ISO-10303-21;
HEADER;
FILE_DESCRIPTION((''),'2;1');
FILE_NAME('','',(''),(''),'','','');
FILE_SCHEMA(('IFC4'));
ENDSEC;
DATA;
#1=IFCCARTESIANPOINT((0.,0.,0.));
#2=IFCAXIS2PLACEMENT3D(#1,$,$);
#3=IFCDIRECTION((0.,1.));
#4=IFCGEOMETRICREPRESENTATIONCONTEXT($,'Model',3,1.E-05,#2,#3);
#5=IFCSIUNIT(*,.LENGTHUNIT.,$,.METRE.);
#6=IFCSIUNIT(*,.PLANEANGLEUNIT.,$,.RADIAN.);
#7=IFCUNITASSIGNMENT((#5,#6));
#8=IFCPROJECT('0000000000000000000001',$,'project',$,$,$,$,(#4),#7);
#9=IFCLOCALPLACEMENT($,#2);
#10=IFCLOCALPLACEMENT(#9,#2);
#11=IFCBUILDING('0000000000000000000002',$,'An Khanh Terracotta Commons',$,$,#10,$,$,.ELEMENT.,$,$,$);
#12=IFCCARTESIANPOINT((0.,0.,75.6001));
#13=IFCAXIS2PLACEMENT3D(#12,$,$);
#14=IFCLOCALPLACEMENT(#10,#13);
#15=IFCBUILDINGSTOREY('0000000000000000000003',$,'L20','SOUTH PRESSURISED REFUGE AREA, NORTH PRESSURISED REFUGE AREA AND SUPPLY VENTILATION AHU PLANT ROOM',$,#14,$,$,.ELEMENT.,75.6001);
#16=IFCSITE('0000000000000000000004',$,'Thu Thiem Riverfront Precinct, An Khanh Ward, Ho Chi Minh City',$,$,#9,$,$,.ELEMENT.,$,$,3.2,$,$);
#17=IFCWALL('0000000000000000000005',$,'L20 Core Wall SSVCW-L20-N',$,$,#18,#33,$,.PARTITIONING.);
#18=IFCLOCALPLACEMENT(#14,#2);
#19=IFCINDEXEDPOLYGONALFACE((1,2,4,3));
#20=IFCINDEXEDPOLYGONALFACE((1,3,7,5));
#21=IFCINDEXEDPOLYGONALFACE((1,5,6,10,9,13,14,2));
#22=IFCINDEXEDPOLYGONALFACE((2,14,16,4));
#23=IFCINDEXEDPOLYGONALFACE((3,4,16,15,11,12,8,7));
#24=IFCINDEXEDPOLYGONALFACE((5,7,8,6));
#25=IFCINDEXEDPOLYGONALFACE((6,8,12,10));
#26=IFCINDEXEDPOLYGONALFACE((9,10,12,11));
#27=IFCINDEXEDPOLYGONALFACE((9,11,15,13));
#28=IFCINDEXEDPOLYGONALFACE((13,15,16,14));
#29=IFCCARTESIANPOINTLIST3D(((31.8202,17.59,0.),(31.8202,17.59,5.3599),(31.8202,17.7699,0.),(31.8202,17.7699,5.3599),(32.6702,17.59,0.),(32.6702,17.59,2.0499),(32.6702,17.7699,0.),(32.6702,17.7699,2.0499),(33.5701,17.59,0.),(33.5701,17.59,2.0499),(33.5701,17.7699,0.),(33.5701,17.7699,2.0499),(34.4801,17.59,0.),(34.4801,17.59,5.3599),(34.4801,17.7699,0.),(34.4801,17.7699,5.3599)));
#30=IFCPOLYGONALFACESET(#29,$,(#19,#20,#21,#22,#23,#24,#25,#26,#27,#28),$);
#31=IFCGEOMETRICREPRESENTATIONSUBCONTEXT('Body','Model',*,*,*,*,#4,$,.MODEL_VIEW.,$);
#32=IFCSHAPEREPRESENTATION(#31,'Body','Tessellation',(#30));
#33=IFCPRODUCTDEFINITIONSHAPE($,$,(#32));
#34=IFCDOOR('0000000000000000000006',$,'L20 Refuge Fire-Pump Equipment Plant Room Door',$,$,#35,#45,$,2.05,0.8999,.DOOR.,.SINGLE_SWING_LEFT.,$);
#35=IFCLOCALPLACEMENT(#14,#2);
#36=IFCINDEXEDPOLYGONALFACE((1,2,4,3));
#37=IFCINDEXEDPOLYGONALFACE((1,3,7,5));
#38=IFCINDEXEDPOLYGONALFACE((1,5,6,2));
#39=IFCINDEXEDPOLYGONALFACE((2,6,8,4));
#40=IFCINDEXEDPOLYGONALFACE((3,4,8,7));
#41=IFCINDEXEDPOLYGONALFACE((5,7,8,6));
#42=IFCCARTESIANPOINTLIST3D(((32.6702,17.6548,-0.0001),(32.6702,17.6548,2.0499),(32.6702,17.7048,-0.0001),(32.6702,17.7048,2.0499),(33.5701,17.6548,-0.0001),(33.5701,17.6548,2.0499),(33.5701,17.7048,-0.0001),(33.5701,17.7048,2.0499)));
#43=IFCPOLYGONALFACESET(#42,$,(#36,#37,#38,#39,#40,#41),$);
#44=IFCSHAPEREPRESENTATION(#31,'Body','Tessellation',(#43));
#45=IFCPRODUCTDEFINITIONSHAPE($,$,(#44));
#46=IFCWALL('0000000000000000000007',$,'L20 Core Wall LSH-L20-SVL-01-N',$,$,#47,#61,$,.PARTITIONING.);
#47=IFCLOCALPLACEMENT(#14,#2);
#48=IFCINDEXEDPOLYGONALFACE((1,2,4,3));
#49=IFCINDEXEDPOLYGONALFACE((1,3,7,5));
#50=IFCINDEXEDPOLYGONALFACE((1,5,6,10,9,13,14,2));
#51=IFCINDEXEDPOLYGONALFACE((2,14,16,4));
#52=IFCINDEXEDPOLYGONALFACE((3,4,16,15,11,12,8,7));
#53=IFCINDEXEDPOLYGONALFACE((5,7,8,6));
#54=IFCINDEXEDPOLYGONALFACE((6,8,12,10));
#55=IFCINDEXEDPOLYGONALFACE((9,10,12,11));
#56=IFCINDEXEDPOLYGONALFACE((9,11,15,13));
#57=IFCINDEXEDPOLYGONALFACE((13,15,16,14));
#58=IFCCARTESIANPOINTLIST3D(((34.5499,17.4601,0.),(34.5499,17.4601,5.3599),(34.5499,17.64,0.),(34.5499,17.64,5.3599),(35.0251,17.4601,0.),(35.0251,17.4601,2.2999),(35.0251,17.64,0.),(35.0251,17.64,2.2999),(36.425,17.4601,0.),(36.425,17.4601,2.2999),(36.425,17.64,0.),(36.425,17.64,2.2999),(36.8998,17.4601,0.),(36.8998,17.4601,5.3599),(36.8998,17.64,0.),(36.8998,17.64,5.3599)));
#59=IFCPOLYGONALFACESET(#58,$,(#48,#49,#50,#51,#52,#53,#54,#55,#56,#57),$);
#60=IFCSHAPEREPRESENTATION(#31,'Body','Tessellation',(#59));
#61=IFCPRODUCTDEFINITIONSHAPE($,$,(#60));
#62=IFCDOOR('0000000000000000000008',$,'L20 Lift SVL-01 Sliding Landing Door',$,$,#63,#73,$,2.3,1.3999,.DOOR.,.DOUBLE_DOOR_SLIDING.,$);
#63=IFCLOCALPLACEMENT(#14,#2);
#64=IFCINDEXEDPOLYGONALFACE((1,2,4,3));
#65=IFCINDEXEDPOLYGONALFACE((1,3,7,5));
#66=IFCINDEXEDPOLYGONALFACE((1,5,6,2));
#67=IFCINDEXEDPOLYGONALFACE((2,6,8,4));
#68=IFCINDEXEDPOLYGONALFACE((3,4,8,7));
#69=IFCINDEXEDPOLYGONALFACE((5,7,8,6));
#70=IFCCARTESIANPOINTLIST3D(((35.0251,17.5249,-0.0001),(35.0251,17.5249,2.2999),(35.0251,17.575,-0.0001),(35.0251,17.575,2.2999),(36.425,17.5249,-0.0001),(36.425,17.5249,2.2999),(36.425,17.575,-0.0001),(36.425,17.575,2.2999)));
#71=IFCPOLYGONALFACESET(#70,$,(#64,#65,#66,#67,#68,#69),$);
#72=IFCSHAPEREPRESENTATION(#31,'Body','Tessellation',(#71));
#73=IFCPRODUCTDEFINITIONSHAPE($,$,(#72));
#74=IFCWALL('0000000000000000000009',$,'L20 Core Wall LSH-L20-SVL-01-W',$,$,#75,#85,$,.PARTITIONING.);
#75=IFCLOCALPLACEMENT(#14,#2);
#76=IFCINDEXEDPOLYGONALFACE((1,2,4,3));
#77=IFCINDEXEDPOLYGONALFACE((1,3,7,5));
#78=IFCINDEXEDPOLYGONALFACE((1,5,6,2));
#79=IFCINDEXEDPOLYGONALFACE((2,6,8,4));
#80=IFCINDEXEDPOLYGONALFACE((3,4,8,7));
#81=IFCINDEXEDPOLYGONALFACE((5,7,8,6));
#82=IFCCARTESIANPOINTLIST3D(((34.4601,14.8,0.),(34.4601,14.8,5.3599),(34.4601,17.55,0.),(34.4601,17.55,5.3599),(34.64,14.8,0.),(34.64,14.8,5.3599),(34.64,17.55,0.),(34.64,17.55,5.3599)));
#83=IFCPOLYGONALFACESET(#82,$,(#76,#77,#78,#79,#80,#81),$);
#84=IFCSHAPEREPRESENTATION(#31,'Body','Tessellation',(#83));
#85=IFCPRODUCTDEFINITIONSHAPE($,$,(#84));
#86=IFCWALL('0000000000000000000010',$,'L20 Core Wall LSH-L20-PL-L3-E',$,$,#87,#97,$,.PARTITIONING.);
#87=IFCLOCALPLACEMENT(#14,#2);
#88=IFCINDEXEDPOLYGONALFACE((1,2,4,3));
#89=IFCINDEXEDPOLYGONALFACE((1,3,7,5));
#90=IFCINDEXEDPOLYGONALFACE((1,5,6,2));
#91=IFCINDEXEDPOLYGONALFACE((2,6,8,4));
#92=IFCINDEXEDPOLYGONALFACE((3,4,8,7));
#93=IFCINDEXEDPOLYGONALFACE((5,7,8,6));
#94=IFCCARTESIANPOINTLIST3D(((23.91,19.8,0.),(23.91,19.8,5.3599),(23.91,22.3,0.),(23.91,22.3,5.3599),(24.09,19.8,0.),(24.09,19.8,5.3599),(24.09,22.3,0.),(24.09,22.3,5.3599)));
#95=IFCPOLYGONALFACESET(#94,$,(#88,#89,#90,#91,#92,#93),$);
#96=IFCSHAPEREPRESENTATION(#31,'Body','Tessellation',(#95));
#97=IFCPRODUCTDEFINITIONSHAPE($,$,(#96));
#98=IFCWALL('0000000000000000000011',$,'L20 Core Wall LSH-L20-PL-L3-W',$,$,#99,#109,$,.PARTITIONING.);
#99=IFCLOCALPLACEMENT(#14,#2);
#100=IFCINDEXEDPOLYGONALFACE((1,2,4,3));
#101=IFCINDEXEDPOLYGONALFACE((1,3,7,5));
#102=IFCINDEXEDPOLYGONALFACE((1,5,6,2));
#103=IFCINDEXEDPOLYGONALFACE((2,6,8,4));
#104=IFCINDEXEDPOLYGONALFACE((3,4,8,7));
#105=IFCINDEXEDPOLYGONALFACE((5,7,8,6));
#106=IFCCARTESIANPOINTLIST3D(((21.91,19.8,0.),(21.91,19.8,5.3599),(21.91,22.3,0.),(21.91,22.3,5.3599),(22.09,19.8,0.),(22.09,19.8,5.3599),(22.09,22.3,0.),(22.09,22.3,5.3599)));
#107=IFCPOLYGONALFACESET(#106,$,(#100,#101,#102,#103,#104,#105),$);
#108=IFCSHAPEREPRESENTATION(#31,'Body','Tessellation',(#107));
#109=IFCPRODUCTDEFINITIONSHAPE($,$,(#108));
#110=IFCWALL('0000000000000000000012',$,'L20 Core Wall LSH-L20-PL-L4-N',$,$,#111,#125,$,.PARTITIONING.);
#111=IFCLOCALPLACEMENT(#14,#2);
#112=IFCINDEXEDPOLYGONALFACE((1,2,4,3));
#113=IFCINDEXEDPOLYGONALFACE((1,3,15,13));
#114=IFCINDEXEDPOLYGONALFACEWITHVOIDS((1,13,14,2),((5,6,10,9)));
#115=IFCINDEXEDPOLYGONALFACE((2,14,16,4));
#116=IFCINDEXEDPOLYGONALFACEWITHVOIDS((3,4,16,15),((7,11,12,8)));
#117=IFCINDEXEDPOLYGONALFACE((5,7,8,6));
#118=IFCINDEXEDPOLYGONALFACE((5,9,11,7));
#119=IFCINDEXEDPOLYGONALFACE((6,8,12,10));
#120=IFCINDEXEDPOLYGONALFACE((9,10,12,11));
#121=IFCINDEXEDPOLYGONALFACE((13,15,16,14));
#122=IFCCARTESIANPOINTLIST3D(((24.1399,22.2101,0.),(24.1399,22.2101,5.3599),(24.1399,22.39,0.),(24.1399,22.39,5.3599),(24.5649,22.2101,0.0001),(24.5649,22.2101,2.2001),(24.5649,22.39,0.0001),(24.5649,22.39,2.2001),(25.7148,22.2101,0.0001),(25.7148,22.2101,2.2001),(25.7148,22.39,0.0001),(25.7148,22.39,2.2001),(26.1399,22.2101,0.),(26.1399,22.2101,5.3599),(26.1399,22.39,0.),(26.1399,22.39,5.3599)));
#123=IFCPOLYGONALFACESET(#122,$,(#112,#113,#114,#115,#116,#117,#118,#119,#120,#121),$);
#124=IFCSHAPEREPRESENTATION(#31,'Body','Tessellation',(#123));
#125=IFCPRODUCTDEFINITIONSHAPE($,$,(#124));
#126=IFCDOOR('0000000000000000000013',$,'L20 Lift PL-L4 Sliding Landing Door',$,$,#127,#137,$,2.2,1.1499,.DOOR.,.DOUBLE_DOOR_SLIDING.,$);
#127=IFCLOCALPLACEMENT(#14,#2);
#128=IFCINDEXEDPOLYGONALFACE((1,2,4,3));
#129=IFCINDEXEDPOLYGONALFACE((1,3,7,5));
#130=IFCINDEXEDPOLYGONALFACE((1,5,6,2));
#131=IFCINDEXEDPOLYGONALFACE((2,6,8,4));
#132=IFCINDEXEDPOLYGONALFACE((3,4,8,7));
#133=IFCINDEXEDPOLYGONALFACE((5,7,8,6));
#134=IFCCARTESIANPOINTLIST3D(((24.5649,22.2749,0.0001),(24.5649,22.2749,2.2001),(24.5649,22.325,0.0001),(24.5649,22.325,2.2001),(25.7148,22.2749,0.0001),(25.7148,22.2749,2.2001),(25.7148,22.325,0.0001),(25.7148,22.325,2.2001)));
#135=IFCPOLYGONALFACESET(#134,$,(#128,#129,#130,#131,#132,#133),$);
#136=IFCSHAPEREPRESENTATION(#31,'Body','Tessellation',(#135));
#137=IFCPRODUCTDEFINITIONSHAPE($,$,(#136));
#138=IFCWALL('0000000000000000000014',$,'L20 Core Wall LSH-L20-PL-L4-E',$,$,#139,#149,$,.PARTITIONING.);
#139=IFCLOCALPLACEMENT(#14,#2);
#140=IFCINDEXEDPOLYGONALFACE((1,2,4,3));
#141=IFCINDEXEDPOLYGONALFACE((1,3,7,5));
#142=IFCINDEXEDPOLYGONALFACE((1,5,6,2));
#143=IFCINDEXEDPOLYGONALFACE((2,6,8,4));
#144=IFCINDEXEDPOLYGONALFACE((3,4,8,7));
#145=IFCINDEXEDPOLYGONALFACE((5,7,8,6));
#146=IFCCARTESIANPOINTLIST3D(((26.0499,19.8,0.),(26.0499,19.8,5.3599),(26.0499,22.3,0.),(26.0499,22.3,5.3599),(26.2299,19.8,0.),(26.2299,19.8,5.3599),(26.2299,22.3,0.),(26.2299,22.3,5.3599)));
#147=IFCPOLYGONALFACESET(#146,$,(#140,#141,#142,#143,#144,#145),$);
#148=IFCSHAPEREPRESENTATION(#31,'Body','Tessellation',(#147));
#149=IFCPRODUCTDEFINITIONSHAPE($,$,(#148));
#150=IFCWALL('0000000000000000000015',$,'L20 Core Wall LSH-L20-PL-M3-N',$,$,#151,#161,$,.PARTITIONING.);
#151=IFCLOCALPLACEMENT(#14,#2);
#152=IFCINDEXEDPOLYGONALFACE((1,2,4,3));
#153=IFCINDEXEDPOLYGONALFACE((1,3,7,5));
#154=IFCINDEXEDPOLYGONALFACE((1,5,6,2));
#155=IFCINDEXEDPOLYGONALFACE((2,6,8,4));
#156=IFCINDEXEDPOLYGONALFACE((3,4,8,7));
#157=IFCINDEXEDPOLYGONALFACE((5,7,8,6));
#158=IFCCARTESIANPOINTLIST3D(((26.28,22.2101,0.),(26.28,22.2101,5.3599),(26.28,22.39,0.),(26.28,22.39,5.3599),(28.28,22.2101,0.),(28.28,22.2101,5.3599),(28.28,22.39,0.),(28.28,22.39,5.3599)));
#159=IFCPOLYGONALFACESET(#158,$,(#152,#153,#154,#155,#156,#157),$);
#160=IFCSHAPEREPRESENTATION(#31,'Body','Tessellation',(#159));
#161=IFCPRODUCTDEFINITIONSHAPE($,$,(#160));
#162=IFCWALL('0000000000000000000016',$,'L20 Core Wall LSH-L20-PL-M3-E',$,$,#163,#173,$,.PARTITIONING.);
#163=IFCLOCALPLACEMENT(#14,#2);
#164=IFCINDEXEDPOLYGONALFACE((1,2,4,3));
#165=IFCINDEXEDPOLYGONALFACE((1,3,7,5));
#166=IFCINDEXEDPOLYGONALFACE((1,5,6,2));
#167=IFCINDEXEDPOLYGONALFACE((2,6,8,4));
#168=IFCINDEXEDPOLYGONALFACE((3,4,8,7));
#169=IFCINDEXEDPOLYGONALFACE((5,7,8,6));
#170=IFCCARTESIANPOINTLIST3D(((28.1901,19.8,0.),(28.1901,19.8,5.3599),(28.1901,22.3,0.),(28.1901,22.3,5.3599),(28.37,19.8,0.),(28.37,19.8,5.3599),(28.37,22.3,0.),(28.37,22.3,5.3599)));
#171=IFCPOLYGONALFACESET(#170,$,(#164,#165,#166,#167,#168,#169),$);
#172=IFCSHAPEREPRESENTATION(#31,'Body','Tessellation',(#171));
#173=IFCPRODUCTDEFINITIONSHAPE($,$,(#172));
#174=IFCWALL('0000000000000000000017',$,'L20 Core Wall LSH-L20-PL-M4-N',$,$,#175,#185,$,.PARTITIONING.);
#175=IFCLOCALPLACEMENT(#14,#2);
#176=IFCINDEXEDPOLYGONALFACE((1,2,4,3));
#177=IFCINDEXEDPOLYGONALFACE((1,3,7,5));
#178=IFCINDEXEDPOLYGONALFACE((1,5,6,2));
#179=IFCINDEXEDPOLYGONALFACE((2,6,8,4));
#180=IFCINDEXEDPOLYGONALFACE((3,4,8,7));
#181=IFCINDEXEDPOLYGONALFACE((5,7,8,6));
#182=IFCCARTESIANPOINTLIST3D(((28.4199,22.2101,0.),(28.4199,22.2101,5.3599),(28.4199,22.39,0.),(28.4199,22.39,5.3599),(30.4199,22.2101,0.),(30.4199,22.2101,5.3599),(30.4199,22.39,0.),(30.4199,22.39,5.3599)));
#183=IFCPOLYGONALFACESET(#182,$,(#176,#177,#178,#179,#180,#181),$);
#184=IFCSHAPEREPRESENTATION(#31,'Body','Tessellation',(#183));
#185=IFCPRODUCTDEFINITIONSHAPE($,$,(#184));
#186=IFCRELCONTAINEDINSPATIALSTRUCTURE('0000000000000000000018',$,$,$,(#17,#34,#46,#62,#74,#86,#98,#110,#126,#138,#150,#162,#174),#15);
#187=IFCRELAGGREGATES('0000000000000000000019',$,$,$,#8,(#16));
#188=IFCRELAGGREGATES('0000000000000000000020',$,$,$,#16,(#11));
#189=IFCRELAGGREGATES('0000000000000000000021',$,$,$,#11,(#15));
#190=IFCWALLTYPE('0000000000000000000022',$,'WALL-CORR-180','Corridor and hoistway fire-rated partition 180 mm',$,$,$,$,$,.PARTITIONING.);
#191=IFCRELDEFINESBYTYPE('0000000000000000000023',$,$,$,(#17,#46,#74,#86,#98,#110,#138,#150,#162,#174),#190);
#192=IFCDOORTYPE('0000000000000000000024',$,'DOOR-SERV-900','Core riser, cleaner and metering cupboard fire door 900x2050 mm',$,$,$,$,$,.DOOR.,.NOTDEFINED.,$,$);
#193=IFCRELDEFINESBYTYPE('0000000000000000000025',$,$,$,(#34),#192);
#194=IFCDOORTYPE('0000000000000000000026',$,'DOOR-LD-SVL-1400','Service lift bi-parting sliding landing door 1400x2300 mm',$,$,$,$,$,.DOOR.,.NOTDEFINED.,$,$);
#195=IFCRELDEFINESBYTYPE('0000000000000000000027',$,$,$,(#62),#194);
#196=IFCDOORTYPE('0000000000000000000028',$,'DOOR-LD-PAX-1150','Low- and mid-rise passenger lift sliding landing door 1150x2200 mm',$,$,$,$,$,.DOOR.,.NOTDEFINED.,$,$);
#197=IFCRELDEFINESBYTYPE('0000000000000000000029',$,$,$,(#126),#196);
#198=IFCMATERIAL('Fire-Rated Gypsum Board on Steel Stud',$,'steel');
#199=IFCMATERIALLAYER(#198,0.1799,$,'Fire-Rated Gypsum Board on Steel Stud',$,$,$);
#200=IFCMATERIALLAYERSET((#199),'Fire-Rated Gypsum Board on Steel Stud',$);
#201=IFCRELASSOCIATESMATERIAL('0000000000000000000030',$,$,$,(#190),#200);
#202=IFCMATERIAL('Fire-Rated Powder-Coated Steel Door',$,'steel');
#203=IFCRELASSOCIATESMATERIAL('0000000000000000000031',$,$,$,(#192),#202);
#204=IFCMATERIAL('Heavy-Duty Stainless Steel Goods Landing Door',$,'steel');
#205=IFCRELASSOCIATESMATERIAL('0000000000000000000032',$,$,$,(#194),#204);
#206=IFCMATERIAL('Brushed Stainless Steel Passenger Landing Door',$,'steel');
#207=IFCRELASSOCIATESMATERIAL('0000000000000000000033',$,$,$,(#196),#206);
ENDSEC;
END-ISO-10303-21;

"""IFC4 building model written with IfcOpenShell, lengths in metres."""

from ifc_helpers import new_model, si_unit, direction, frame, frame_2d, origin, place, context, subcontext, project, spatial, rectangle, extrude, material, layer, layer_set, type_object, element, fill, save


model = new_model("IFC4")

# Units and contexts
model_context = context("Model", 3, precision=1e-05, world=origin(), true_north=direction((0.0, 1.0)))
body_context = subcontext(model_context, "Body", "Model", "MODEL_VIEW")
ifc_project = project(units=[si_unit("LENGTHUNIT", "METRE"), si_unit("PLANEANGLEUNIT", "RADIAN")], contexts=[model_context])

# Site, building, storey
site_placement = place(None, origin())
site = spatial("IfcSite", under=ifc_project, at=site_placement, Name="Thu Thiem Riverfront Precinct, An Khanh Ward, Ho Chi Minh City", CompositionType="ELEMENT", RefElevation=3.2)
building_placement = place(site_placement, origin())
building = spatial("IfcBuilding", under=site, at=building_placement, Name="An Khanh Terracotta Commons", CompositionType="ELEMENT")
storey_placement = place(building_placement, frame((0.0, 0.0, 75.6001)))
storey = spatial("IfcBuildingStorey", under=building, at=storey_placement, Name="L20", Description="SOUTH PRESSURISED REFUGE AREA, NORTH PRESSURISED REFUGE AREA AND SUPPLY VENTILATION AHU PLANT ROOM", CompositionType="ELEMENT", Elevation=75.6001)

# Walls, openings, doors
ifc_material_1 = material(Name="Fire-Rated Gypsum Board on Steel Stud", Category="steel")
ifc_layer_1 = layer(ifc_material_1, 0.1799, Name="Fire-Rated Gypsum Board on Steel Stud")
ifc_layer_set_1 = layer_set([ifc_layer_1], Name="Fire-Rated Gypsum Board on Steel Stud")
wall_type_1 = type_object("IfcWallType", Name="WALL-CORR-180", Description="Corridor and hoistway fire-rated partition 180 mm", PredefinedType="PARTITIONING", material=ifc_layer_set_1)
wall_1_placement = place(storey_placement, frame((31.8201, 17.6799, 0.0), z_axis=(0.0, 0.0, 1.0), x_axis=(1.0, 0.0, 0.0)))
wall_1 = element("IfcWall", 1, at=wall_1_placement, inside=storey, type_object=wall_type_1, Name="L20 Core Wall SSVCW-L20-N", PredefinedType="PARTITIONING", context=body_context, shape_type="SweptSolid", body=[
    extrude(rectangle(XDim=2.6599, YDim=0.1799, at=frame_2d((1.3301, 0.0))), origin(), (0.0, 0.0, 1.0), 5.3599),
])
opening_1_placement = place(wall_1_placement, frame((0.8501, 0.0, 0.0)))
opening_1 = element("IfcOpeningElement", 2, at=opening_1_placement, cuts=wall_1, PredefinedType="OPENING", context=body_context, shape_type="SweptSolid", body=[
    extrude(rectangle(XDim=0.8999, YDim=2.05, at=frame_2d((0.45, 1.0249))), frame((0.0, 0.0999, 0.0), z_axis=(0.0, -1.0, 0.0), x_axis=(1.0, 0.0, 0.0)), (0.0, 0.0, 1.0), 0.2),
])
ifc_material_2 = material(Name="Fire-Rated Powder-Coated Steel Door", Category="steel")
door_type_1 = type_object("IfcDoorType", Name="DOOR-SERV-900", Description="Core riser, cleaner and metering cupboard fire door 900x2050 mm", OperationType="NOTDEFINED", PredefinedType="DOOR", material=ifc_material_2)
door_1_placement = place(opening_1_placement, origin())
door_1 = element("IfcDoor", 3, at=door_1_placement, inside=storey, type_object=door_type_1, Name="L20 Refuge Fire-Pump Equipment Plant Room Door", OperationType="SINGLE_SWING_LEFT", OverallHeight=2.05, OverallWidth=0.8999, PredefinedType="DOOR", context=body_context, shape_type="SweptSolid", body=[
    extrude(rectangle(XDim=0.8999, YDim=2.05, at=frame_2d((0.45, 1.0249))), frame((0.0, 0.0249, 0.0), z_axis=(0.0, -1.0, 0.0), x_axis=(1.0, 0.0, 0.0)), (0.0, 0.0, 1.0), 0.05),
])
fill(opening_1, door_1)
wall_2_placement = place(storey_placement, frame((34.55, 17.55, 0.0), z_axis=(0.0, 0.0, 1.0), x_axis=(1.0, 0.0, 0.0)))
wall_2 = element("IfcWall", 4, at=wall_2_placement, inside=storey, type_object=wall_type_1, Name="L20 Core Wall LSH-L20-SVL-01-N", PredefinedType="PARTITIONING", context=body_context, shape_type="SweptSolid", body=[
    extrude(rectangle(XDim=2.3499, YDim=0.1799, at=frame_2d((1.1748, 0.0))), origin(), (0.0, 0.0, 1.0), 5.3599),
])
opening_2_placement = place(wall_2_placement, frame((0.4751, 0.0, 0.0)))
opening_2 = element("IfcOpeningElement", 5, at=opening_2_placement, cuts=wall_2, PredefinedType="OPENING", context=body_context, shape_type="SweptSolid", body=[
    extrude(rectangle(XDim=1.3999, YDim=2.3, at=frame_2d((0.7, 1.1499))), frame((0.0, 0.0999, 0.0), z_axis=(0.0, -1.0, 0.0), x_axis=(1.0, 0.0, 0.0)), (0.0, 0.0, 1.0), 0.2),
])
ifc_material_3 = material(Name="Heavy-Duty Stainless Steel Goods Landing Door", Category="steel")
door_type_2 = type_object("IfcDoorType", Name="DOOR-LD-SVL-1400", Description="Service lift bi-parting sliding landing door 1400x2300 mm", OperationType="NOTDEFINED", PredefinedType="DOOR", material=ifc_material_3)
door_2_placement = place(opening_2_placement, origin())
door_2 = element("IfcDoor", 6, at=door_2_placement, inside=storey, type_object=door_type_2, Name="L20 Lift SVL-01 Sliding Landing Door", OperationType="DOUBLE_DOOR_SLIDING", OverallHeight=2.3, OverallWidth=1.3999, PredefinedType="DOOR", context=body_context, shape_type="SweptSolid", body=[
    extrude(rectangle(XDim=1.3999, YDim=2.3, at=frame_2d((0.7, 1.1499))), frame((0.0, 0.0249, 0.0), z_axis=(0.0, -1.0, 0.0), x_axis=(1.0, 0.0, 0.0)), (0.0, 0.0, 1.0), 0.05),
])
fill(opening_2, door_2)

# Walls
wall_3_placement = place(storey_placement, frame((34.55, 17.55, 0.0), z_axis=(0.0, 0.0, 1.0), x_axis=(0.0, -1.0, 0.0)))
element("IfcWall", 7, at=wall_3_placement, inside=storey, type_object=wall_type_1, Name="L20 Core Wall LSH-L20-SVL-01-W", PredefinedType="PARTITIONING", context=body_context, shape_type="SweptSolid", body=[
    extrude(rectangle(XDim=2.75, YDim=0.1799, at=frame_2d((1.375, 0.0))), origin(), (0.0, 0.0, 1.0), 5.3599),
])
for number, where, z_axis, x_axis, name in (
    (8, (24.0, 19.8, 0.0), (0.0, 0.0, 1.0), (0.0, 1.0, 0.0), "L20 Core Wall LSH-L20-PL-L3-E"),
    (9, (22.0, 22.3, 0.0), (0.0, 0.0, 1.0), (0.0, -1.0, 0.0), "L20 Core Wall LSH-L20-PL-L3-W"),
):
    element("IfcWall", number, at=place(storey_placement, frame(where, z_axis=z_axis, x_axis=x_axis)), inside=storey, type_object=wall_type_1, Name=name, PredefinedType="PARTITIONING", context=body_context, shape_type="SweptSolid", body=[
        extrude(rectangle(XDim=2.5, YDim=0.1799, at=frame_2d((1.25, 0.0))), origin(), (0.0, 0.0, 1.0), 5.3599),
    ])

# Wall, opening, door
wall_4_placement = place(storey_placement, frame((24.1399, 22.3, 0.0), z_axis=(0.0, 0.0, 1.0), x_axis=(1.0, 0.0, 0.0)))
wall_4 = element("IfcWall", 10, at=wall_4_placement, inside=storey, type_object=wall_type_1, Name="L20 Core Wall LSH-L20-PL-L4-N", PredefinedType="PARTITIONING", context=body_context, shape_type="SweptSolid", body=[
    extrude(rectangle(XDim=2.0, YDim=0.1799, at=frame_2d((1.0, 0.0))), origin(), (0.0, 0.0, 1.0), 5.3599),
])
opening_3_placement = place(wall_4_placement, frame((0.425, 0.0, 0.0)))
opening_3 = element("IfcOpeningElement", 11, at=opening_3_placement, cuts=wall_4, PredefinedType="OPENING", context=body_context, shape_type="SweptSolid", body=[
    extrude(rectangle(XDim=1.1499, YDim=2.2, at=frame_2d((0.575, 1.1001))), frame((0.0, 0.0999, 0.0), z_axis=(0.0, -1.0, 0.0), x_axis=(1.0, 0.0, 0.0)), (0.0, 0.0, 1.0), 0.2),
])
ifc_material_4 = material(Name="Brushed Stainless Steel Passenger Landing Door", Category="steel")
door_type_3 = type_object("IfcDoorType", Name="DOOR-LD-PAX-1150", Description="Low- and mid-rise passenger lift sliding landing door 1150x2200 mm", OperationType="NOTDEFINED", PredefinedType="DOOR", material=ifc_material_4)
door_3_placement = place(opening_3_placement, origin())
door_3 = element("IfcDoor", 12, at=door_3_placement, inside=storey, type_object=door_type_3, Name="L20 Lift PL-L4 Sliding Landing Door", OperationType="DOUBLE_DOOR_SLIDING", OverallHeight=2.2, OverallWidth=1.1499, PredefinedType="DOOR", context=body_context, shape_type="SweptSolid", body=[
    extrude(rectangle(XDim=1.1499, YDim=2.2, at=frame_2d((0.575, 1.1001))), frame((0.0, 0.0249, 0.0), z_axis=(0.0, -1.0, 0.0), x_axis=(1.0, 0.0, 0.0)), (0.0, 0.0, 1.0), 0.05),
])
fill(opening_3, door_3)

# Walls
wall_5_placement = place(storey_placement, frame((26.1399, 19.8, 0.0), z_axis=(0.0, 0.0, 1.0), x_axis=(0.0, 1.0, 0.0)))
element("IfcWall", 13, at=wall_5_placement, inside=storey, type_object=wall_type_1, Name="L20 Core Wall LSH-L20-PL-L4-E", PredefinedType="PARTITIONING", context=body_context, shape_type="SweptSolid", body=[
    extrude(rectangle(XDim=2.5, YDim=0.1799, at=frame_2d((1.25, 0.0))), origin(), (0.0, 0.0, 1.0), 5.3599),
])
wall_6_placement = place(storey_placement, frame((26.28, 22.3, 0.0), z_axis=(0.0, 0.0, 1.0), x_axis=(1.0, 0.0, 0.0)))
element("IfcWall", 14, at=wall_6_placement, inside=storey, type_object=wall_type_1, Name="L20 Core Wall LSH-L20-PL-M3-N", PredefinedType="PARTITIONING", context=body_context, shape_type="SweptSolid", body=[
    extrude(rectangle(XDim=2.0, YDim=0.1799, at=frame_2d((1.0, 0.0))), origin(), (0.0, 0.0, 1.0), 5.3599),
])
wall_7_placement = place(storey_placement, frame((28.28, 19.8, 0.0), z_axis=(0.0, 0.0, 1.0), x_axis=(0.0, 1.0, 0.0)))
element("IfcWall", 15, at=wall_7_placement, inside=storey, type_object=wall_type_1, Name="L20 Core Wall LSH-L20-PL-M3-E", PredefinedType="PARTITIONING", context=body_context, shape_type="SweptSolid", body=[
    extrude(rectangle(XDim=2.5, YDim=0.1799, at=frame_2d((1.25, 0.0))), origin(), (0.0, 0.0, 1.0), 5.3599),
])
wall_8_placement = place(storey_placement, frame((28.4199, 22.3, 0.0), z_axis=(0.0, 0.0, 1.0), x_axis=(1.0, 0.0, 0.0)))
element("IfcWall", 16, at=wall_8_placement, inside=storey, type_object=wall_type_1, Name="L20 Core Wall LSH-L20-PL-M4-N", PredefinedType="PARTITIONING", context=body_context, shape_type="SweptSolid", body=[
    extrude(rectangle(XDim=2.0, YDim=0.1799, at=frame_2d((1.0, 0.0))), origin(), (0.0, 0.0, 1.0), 5.3599),
])

save(model, "model.ifc")
